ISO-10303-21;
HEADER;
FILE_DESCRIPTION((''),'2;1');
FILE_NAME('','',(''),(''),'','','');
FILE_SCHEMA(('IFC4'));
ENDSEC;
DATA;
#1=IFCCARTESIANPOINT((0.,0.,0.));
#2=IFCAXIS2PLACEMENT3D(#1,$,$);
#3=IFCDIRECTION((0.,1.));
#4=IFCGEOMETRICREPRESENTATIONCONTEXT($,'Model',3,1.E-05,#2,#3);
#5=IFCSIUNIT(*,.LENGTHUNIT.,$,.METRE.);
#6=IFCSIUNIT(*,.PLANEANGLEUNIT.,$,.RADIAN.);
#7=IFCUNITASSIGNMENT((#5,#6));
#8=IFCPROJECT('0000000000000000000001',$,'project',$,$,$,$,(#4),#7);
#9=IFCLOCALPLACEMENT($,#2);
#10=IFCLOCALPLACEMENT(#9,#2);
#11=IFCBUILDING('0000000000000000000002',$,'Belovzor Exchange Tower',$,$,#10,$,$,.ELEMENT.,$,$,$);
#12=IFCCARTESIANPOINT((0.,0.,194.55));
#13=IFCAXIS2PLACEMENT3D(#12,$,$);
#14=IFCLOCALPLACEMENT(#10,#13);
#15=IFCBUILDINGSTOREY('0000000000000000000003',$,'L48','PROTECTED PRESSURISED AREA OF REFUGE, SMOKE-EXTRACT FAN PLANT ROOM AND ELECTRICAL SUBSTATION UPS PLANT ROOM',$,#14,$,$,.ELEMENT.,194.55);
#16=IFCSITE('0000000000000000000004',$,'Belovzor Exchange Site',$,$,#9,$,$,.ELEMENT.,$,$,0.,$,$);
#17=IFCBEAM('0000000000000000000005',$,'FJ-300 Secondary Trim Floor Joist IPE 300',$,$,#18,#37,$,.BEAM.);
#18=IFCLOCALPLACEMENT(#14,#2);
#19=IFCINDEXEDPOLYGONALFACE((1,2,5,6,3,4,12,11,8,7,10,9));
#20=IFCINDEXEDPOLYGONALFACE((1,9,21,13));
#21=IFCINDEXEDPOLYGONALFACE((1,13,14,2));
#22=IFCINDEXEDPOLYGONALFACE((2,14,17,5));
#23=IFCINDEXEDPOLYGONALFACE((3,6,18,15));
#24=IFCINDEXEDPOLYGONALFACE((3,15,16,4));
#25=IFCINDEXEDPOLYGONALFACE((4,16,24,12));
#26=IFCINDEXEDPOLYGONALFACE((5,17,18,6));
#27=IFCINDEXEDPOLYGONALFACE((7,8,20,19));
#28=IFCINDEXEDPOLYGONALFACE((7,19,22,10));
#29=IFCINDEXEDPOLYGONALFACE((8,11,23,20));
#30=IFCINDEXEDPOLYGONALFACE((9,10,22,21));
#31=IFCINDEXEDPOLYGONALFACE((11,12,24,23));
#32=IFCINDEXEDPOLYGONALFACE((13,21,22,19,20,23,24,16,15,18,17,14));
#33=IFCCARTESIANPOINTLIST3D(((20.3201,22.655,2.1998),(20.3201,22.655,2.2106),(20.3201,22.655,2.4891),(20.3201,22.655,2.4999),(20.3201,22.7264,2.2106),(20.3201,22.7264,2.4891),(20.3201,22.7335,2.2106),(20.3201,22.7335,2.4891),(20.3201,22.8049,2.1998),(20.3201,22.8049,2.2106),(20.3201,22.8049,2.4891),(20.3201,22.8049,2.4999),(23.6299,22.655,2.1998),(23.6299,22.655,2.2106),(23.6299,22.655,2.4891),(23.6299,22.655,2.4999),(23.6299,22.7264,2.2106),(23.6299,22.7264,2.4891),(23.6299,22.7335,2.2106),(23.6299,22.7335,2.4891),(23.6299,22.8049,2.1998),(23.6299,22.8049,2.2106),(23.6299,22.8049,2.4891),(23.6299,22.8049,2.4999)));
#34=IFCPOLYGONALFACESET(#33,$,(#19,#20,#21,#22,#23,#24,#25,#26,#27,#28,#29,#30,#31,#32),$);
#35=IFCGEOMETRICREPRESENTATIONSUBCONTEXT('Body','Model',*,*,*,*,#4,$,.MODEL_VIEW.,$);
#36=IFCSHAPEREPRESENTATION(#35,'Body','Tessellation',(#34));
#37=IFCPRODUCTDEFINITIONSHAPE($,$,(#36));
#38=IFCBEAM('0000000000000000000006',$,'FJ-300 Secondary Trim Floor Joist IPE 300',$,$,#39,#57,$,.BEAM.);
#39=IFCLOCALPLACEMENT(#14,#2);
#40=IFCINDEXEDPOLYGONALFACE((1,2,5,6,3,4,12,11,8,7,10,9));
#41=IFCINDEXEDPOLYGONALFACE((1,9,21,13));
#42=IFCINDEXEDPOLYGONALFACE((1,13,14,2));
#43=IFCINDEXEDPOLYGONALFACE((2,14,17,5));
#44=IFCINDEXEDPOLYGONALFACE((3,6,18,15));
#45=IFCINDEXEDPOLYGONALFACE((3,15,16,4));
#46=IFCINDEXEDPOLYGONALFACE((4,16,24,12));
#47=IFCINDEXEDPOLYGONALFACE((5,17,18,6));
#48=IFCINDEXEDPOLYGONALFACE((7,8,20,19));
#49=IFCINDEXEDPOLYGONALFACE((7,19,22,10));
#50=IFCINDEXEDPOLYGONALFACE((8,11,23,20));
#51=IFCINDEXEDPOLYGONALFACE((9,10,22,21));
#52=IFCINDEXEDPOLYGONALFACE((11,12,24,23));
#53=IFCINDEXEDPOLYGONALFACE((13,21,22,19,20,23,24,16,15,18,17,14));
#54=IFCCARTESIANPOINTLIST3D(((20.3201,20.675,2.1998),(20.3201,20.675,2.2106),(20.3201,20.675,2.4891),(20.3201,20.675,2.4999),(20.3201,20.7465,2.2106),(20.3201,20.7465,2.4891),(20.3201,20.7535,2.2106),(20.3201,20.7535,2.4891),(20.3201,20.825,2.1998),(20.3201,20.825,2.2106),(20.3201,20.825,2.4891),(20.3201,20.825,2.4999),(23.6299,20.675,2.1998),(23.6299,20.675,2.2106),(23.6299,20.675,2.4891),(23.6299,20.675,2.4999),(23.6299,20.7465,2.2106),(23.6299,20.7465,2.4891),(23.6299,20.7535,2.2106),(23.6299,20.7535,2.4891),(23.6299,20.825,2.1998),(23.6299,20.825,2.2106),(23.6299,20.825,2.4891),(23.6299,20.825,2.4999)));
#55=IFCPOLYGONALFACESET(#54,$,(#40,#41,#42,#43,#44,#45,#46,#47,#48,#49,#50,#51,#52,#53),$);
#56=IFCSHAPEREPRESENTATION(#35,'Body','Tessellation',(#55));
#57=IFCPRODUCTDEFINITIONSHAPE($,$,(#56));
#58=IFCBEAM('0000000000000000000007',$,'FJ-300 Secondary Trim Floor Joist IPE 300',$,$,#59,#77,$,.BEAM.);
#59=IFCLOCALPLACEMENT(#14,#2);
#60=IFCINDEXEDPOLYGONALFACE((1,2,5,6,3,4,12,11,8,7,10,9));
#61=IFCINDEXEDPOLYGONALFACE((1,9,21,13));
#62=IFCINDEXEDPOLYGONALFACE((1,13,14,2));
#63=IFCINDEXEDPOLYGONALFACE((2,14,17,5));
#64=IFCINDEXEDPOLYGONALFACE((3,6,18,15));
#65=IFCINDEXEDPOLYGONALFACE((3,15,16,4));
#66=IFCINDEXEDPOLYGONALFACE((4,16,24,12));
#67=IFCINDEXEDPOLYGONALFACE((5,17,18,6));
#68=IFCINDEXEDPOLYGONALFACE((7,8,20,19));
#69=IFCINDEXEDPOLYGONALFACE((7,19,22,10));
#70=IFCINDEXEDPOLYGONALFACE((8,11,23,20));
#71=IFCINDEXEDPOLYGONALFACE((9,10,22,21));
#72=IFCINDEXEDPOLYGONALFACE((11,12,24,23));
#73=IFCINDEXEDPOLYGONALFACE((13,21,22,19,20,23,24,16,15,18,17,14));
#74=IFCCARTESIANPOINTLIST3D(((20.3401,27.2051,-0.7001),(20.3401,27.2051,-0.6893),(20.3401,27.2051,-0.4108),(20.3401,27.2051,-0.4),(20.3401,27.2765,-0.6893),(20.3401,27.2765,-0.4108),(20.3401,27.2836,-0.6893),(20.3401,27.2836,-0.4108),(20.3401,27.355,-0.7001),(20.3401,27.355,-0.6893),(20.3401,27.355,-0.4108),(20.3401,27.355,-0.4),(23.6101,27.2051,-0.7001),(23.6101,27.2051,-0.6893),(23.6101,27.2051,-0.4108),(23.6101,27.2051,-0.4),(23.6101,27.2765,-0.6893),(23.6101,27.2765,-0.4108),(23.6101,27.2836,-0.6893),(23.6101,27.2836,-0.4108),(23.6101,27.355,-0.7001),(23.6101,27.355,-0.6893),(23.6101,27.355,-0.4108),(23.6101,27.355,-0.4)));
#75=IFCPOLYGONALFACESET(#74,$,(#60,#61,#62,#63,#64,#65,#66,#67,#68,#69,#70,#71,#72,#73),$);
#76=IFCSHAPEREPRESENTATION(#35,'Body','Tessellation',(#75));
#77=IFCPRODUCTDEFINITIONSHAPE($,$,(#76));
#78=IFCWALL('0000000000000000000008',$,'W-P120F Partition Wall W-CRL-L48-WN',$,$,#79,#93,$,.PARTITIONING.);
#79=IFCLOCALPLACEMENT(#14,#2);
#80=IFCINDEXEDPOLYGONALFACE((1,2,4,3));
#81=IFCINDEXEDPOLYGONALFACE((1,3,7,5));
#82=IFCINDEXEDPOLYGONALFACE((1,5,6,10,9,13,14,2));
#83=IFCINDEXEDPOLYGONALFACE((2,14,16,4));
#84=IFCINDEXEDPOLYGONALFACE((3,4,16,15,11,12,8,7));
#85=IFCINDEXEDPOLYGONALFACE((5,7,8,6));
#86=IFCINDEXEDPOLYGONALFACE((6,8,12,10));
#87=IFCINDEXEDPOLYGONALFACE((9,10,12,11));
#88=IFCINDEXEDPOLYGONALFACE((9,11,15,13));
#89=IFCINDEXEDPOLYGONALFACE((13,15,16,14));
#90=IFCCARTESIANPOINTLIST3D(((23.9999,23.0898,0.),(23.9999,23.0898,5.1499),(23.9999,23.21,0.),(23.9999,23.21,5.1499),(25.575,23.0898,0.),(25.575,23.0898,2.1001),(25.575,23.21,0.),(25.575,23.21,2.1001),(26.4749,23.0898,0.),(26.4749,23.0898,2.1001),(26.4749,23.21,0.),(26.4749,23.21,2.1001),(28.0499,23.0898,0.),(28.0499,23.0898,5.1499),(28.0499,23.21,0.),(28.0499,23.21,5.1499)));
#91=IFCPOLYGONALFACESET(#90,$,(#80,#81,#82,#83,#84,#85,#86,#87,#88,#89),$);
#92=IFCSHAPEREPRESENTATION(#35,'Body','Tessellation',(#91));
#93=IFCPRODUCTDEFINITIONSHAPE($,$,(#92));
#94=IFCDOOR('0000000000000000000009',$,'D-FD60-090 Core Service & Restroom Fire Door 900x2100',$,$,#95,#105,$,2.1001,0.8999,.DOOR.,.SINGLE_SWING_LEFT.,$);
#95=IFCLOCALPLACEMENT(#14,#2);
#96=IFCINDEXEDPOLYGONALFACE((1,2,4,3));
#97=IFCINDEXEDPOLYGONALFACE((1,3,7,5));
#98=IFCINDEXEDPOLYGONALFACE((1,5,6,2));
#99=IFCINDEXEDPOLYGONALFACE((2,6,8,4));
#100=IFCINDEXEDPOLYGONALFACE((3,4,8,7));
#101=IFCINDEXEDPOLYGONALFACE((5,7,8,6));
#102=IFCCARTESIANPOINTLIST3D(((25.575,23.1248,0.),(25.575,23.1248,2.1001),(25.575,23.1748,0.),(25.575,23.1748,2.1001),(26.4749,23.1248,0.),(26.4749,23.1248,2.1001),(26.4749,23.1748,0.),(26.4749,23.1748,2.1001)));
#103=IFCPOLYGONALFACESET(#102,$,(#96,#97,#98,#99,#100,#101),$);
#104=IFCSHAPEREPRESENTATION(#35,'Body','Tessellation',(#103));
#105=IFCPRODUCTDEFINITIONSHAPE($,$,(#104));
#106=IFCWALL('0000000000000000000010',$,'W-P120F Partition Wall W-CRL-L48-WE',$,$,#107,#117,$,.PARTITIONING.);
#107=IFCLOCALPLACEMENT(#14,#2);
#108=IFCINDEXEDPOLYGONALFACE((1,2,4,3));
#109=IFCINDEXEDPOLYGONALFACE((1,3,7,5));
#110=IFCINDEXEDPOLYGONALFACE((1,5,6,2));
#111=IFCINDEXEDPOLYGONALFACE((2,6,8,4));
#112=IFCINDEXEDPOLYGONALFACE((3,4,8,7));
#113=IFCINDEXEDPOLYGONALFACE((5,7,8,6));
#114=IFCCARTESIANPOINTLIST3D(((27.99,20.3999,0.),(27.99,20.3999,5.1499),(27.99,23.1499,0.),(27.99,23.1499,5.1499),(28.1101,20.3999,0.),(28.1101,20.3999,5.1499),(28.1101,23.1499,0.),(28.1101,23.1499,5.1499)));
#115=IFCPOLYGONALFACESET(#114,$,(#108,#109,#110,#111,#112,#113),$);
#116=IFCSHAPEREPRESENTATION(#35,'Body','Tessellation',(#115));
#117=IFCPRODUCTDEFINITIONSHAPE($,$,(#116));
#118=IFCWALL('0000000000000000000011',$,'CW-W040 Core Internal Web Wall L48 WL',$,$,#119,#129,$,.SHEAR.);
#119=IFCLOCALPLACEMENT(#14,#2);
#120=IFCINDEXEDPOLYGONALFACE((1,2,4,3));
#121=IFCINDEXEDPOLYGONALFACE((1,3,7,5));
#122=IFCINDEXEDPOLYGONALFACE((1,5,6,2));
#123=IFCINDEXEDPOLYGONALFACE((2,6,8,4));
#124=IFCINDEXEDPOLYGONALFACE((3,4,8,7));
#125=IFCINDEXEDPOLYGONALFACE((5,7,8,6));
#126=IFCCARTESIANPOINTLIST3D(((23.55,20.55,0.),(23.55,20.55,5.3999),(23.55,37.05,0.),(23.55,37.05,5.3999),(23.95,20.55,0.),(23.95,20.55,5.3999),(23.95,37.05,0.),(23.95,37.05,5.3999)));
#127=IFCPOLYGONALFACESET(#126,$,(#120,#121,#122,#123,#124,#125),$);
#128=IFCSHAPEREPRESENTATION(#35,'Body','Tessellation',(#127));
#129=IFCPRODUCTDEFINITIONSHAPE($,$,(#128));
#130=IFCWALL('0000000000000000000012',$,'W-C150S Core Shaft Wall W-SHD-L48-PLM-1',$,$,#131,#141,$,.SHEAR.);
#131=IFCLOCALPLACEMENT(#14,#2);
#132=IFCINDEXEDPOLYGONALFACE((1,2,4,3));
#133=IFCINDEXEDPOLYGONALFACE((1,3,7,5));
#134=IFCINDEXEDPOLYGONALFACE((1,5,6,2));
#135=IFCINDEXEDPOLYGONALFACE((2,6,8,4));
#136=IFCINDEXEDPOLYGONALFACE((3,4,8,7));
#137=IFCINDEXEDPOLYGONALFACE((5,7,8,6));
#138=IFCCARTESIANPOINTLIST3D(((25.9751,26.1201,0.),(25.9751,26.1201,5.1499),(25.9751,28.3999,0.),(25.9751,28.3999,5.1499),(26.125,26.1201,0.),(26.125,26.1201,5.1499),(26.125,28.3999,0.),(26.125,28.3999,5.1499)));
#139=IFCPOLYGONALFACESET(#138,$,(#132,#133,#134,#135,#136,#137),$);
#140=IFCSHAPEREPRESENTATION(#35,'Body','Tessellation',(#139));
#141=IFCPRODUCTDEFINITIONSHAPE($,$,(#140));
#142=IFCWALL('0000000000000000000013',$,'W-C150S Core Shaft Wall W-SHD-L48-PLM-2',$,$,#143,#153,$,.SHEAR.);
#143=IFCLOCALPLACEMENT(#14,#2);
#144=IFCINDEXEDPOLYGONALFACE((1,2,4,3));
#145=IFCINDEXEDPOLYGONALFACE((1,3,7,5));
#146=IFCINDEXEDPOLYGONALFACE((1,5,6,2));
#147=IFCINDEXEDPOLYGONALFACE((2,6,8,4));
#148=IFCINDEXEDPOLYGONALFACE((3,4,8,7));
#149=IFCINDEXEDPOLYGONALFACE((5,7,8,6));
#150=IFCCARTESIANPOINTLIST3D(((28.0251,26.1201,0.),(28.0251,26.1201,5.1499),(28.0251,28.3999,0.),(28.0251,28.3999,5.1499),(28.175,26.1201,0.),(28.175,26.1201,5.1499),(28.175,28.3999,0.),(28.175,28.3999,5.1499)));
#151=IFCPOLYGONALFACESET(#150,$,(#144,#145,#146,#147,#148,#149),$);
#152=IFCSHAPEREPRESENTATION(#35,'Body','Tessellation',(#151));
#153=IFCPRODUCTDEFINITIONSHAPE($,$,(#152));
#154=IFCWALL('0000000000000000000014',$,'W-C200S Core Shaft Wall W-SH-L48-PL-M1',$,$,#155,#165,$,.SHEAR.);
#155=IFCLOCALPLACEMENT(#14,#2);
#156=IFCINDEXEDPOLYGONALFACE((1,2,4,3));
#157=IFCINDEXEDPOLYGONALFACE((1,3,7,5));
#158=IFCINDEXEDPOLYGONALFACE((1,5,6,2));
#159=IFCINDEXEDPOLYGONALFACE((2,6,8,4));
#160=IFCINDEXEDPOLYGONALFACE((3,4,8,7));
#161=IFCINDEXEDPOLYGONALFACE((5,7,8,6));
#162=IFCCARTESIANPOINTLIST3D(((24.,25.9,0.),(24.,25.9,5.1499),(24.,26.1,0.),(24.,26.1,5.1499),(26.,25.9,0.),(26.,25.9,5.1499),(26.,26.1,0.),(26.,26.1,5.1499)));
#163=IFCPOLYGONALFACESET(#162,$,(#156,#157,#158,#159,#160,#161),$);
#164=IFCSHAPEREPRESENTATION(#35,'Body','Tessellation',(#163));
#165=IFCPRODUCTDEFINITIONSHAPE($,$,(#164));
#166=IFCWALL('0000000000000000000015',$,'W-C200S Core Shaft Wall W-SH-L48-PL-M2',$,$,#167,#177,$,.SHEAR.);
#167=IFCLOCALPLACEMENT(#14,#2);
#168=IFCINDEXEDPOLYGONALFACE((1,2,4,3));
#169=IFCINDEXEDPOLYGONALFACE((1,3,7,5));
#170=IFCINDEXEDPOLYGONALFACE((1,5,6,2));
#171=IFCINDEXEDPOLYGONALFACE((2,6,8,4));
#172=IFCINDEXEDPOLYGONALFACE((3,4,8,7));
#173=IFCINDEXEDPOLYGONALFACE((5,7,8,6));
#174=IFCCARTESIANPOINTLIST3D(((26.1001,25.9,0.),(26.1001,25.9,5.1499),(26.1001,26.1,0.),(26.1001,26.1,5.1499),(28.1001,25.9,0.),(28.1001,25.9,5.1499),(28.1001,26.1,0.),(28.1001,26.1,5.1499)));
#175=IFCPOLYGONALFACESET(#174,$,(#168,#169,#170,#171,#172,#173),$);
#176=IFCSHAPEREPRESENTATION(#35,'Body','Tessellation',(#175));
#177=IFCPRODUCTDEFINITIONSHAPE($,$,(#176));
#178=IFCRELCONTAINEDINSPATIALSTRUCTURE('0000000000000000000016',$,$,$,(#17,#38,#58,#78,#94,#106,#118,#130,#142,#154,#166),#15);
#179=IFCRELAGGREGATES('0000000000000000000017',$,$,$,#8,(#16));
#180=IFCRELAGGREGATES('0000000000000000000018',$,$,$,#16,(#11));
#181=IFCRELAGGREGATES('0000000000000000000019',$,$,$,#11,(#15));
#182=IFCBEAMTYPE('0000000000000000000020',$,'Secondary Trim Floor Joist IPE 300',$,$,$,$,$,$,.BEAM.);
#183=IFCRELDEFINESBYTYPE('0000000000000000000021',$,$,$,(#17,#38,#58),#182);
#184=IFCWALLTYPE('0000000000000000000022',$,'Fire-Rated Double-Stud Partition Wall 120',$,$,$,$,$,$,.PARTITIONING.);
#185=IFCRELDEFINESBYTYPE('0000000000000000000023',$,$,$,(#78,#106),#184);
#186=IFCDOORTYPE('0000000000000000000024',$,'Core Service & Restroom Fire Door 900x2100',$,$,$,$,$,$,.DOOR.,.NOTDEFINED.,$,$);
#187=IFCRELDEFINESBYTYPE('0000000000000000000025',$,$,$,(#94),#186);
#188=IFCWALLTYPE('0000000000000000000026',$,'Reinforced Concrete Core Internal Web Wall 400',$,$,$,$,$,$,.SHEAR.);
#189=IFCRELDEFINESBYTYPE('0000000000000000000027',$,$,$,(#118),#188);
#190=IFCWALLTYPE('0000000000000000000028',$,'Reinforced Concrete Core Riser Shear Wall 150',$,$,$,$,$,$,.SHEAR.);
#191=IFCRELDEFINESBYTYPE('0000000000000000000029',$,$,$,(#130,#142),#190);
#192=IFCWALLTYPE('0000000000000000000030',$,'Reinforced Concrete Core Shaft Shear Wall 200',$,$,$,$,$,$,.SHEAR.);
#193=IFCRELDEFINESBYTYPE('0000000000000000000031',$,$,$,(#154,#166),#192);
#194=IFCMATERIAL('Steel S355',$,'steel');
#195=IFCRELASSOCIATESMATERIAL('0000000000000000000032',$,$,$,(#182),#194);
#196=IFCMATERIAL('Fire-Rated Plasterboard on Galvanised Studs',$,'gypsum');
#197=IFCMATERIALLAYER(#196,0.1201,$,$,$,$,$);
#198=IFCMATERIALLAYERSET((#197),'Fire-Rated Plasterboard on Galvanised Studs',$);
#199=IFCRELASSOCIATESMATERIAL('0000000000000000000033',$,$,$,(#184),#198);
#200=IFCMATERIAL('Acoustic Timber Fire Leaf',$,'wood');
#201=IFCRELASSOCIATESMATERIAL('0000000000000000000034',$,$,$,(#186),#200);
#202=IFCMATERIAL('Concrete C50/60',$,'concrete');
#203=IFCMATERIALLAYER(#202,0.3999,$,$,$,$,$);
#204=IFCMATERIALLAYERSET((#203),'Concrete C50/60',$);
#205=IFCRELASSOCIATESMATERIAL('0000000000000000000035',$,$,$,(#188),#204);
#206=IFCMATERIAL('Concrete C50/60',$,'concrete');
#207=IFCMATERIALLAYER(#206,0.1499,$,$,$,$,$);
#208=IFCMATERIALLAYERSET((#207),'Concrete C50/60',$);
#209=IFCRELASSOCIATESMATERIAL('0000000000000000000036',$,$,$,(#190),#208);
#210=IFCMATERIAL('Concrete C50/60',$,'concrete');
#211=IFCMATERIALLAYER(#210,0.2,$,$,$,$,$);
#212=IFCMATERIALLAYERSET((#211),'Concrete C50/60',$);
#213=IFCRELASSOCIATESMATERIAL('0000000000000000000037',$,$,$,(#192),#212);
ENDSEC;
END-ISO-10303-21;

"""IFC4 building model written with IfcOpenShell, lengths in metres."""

from ifc_helpers import new_model, si_unit, direction, frame, frame_2d, origin, origin_2d, place, context, subcontext, project, spatial, rectangle, i_section, extrude, material, layer, layer_set, material_profile, profile_set, type_object, element, fill, save


model = new_model("IFC4")

# Units and contexts
model_context = context("Model", 3, precision=1e-05, world=origin(), true_north=direction((0.0, 1.0)))
body_context = subcontext(model_context, "Body", "Model", "MODEL_VIEW")
ifc_project = project(units=[si_unit("LENGTHUNIT", "METRE"), si_unit("PLANEANGLEUNIT", "RADIAN")], contexts=[model_context])

# Site, building, storey
site_placement = place(None, origin())
site = spatial("IfcSite", under=ifc_project, at=site_placement, Name="Belovzor Exchange Site", CompositionType="ELEMENT", RefElevation=0.0)
building_placement = place(site_placement, origin())
building = spatial("IfcBuilding", under=site, at=building_placement, Name="Belovzor Exchange Tower", CompositionType="ELEMENT")
storey_placement = place(building_placement, frame((0.0, 0.0, 194.55)))
storey = spatial("IfcBuildingStorey", under=building, at=storey_placement, Name="L48", Description="PROTECTED PRESSURISED AREA OF REFUGE, SMOKE-EXTRACT FAN PLANT ROOM AND ELECTRICAL SUBSTATION UPS PLANT ROOM", CompositionType="ELEMENT", Elevation=194.55)

# Beams
ifc_material_1 = material(Name="Steel S355", Category="steel")
ifc_material_profile = material_profile(ifc_material_1, i_section(OverallWidth=0.1499, OverallDepth=0.3, WebThickness=0.0071, FlangeThickness=0.0107, at=origin_2d()))
ifc_profile_set = profile_set([ifc_material_profile], Name="Steel S355")
beam_type = type_object("IfcBeamType", Name="Secondary Trim Floor Joist IPE 300", PredefinedType="BEAM", material=ifc_profile_set)
for number, where, z_axis, x_axis, name in (
    (1, (20.3201, 22.73, 2.3499), (1.0, 0.0, 0.0), (0.0, 1.0, 0.0), "FJ-300 Secondary Trim Floor Joist IPE 300"),
    (2, (20.3201, 20.75, 2.3499), (1.0, 0.0, 0.0), (0.0, 1.0, 0.0), "FJ-300 Secondary Trim Floor Joist IPE 300"),
):
    element("IfcBeam", number, at=place(storey_placement, frame(where, z_axis=z_axis, x_axis=x_axis)), inside=storey, type_object=beam_type, Name=name, PredefinedType="BEAM", context=body_context, shape_type="SweptSolid", body=[
        extrude(i_section(OverallWidth=0.1499, OverallDepth=0.3, WebThickness=0.0071, FlangeThickness=0.0107, at=origin_2d()), origin(), (0.0, 0.0, 1.0), 3.3098),
    ])
beam_placement = place(storey_placement, frame((20.3401, 27.28, -0.55), z_axis=(1.0, 0.0, 0.0), x_axis=(0.0, 1.0, 0.0)))
element("IfcBeam", 3, at=beam_placement, inside=storey, type_object=beam_type, Name="FJ-300 Secondary Trim Floor Joist IPE 300", PredefinedType="BEAM", context=body_context, shape_type="SweptSolid", body=[
    extrude(i_section(OverallWidth=0.1499, OverallDepth=0.3, WebThickness=0.0071, FlangeThickness=0.0107, at=origin_2d()), origin(), (0.0, 0.0, 1.0), 3.27),
])

# Wall, opening, door
ifc_material_2 = material(Name="Fire-Rated Plasterboard on Galvanised Studs", Category="gypsum")
ifc_layer_1 = layer(ifc_material_2, 0.1201)
ifc_layer_set_1 = layer_set([ifc_layer_1], Name="Fire-Rated Plasterboard on Galvanised Studs")
wall_type_1 = type_object("IfcWallType", Name="Fire-Rated Double-Stud Partition Wall 120", PredefinedType="PARTITIONING", material=ifc_layer_set_1)
wall_1_placement = place(storey_placement, frame((24.0, 23.1499, 0.0), z_axis=(0.0, 0.0, 1.0), x_axis=(1.0, 0.0, 0.0)))
wall_1 = element("IfcWall", 4, at=wall_1_placement, inside=storey, type_object=wall_type_1, Name="W-P120F Partition Wall W-CRL-L48-WN", PredefinedType="PARTITIONING", context=body_context, shape_type="SweptSolid", body=[
    extrude(rectangle(XDim=4.05, YDim=0.1201, at=frame_2d((2.0249, 0.0))), origin(), (0.0, 0.0, 1.0), 5.1499),
])
opening_1_placement = place(wall_1_placement, frame((1.575, 0.0, 0.0)))
opening_1 = element("IfcOpeningElement", 5, at=opening_1_placement, cuts=wall_1, PredefinedType="OPENING", context=body_context, shape_type="SweptSolid", body=[
    extrude(rectangle(XDim=0.8999, YDim=2.1001, at=frame_2d((0.45, 1.05))), frame((0.0, 0.0701, 0.0), z_axis=(0.0, -1.0, 0.0), x_axis=(1.0, 0.0, 0.0)), (0.0, 0.0, 1.0), 0.1401),
])
ifc_material_3 = material(Name="Acoustic Timber Fire Leaf", Category="wood")
door_type_1 = type_object("IfcDoorType", Name="Core Service & Restroom Fire Door 900x2100", OperationType="NOTDEFINED", PredefinedType="DOOR", material=ifc_material_3)
door_1_placement = place(opening_1_placement, origin())
door_1 = element("IfcDoor", 6, at=door_1_placement, inside=storey, type_object=door_type_1, Name="D-FD60-090 Core Service & Restroom Fire Door 900x2100", OperationType="SINGLE_SWING_LEFT", OverallHeight=2.1001, OverallWidth=0.8999, PredefinedType="DOOR", context=body_context, shape_type="SweptSolid", body=[
    extrude(rectangle(XDim=0.8999, YDim=2.1001, at=frame_2d((0.45, 1.05))), frame((0.0, 0.0249, 0.0), z_axis=(0.0, -1.0, 0.0), x_axis=(1.0, 0.0, 0.0)), (0.0, 0.0, 1.0), 0.05),
])
fill(opening_1, door_1)

# Walls
wall_2_placement = place(storey_placement, frame((28.05, 20.3999, 0.0), z_axis=(0.0, 0.0, 1.0), x_axis=(0.0, 1.0, 0.0)))
element("IfcWall", 7, at=wall_2_placement, inside=storey, type_object=wall_type_1, Name="W-P120F Partition Wall W-CRL-L48-WE", PredefinedType="PARTITIONING", context=body_context, shape_type="SweptSolid", body=[
    extrude(rectangle(XDim=2.75, YDim=0.1201, at=frame_2d((1.375, 0.0))), origin(), (0.0, 0.0, 1.0), 5.1499),
])
ifc_material_4 = material(Name="Concrete C50/60", Category="concrete")
ifc_layer_2 = layer(ifc_material_4, 0.3999)
ifc_layer_set_2 = layer_set([ifc_layer_2], Name="Concrete C50/60")
wall_type_2 = type_object("IfcWallType", Name="Reinforced Concrete Core Internal Web Wall 400", PredefinedType="SHEAR", material=ifc_layer_set_2)
wall_3_placement = place(storey_placement, frame((23.75, 20.55, 0.0), z_axis=(0.0, 0.0, 1.0), x_axis=(0.0, 1.0, 0.0)))
element("IfcWall", 8, at=wall_3_placement, inside=storey, type_object=wall_type_2, Name="CW-W040 Core Internal Web Wall L48 WL", PredefinedType="SHEAR", context=body_context, shape_type="SweptSolid", body=[
    extrude(rectangle(XDim=16.5, YDim=0.3999, at=frame_2d((8.25, 0.0))), origin(), (0.0, 0.0, 1.0), 5.3999),
])
ifc_material_5 = material(Name="Concrete C50/60", Category="concrete")
ifc_layer_3 = layer(ifc_material_5, 0.1499)
ifc_layer_set_3 = layer_set([ifc_layer_3], Name="Concrete C50/60")
wall_type_3 = type_object("IfcWallType", Name="Reinforced Concrete Core Riser Shear Wall 150", PredefinedType="SHEAR", material=ifc_layer_set_3)
for number, where, z_axis, x_axis, name in (
    (9, (26.05, 26.1201, 0.0), (0.0, 0.0, 1.0), (0.0, 1.0, 0.0), "W-C150S Core Shaft Wall W-SHD-L48-PLM-1"),
    (10, (28.1001, 26.1201, 0.0), (0.0, 0.0, 1.0), (0.0, 1.0, 0.0), "W-C150S Core Shaft Wall W-SHD-L48-PLM-2"),
):
    element("IfcWall", number, at=place(storey_placement, frame(where, z_axis=z_axis, x_axis=x_axis)), inside=storey, type_object=wall_type_3, Name=name, PredefinedType="SHEAR", context=body_context, shape_type="SweptSolid", body=[
        extrude(rectangle(XDim=2.2798, YDim=0.1499, at=frame_2d((1.1399, 0.0))), origin(), (0.0, 0.0, 1.0), 5.1499),
    ])
ifc_material_6 = material(Name="Concrete C50/60", Category="concrete")
ifc_layer_4 = layer(ifc_material_6, 0.2)
ifc_layer_set_4 = layer_set([ifc_layer_4], Name="Concrete C50/60")
wall_type_4 = type_object("IfcWallType", Name="Reinforced Concrete Core Shaft Shear Wall 200", PredefinedType="SHEAR", material=ifc_layer_set_4)
for number, where, z_axis, x_axis, name in (
    (11, (24.0, 26.0, 0.0), (0.0, 0.0, 1.0), (1.0, 0.0, 0.0), "W-C200S Core Shaft Wall W-SH-L48-PL-M1"),
    (12, (26.1001, 26.0, 0.0), (0.0, 0.0, 1.0), (1.0, 0.0, 0.0), "W-C200S Core Shaft Wall W-SH-L48-PL-M2"),
):
    element("IfcWall", number, at=place(storey_placement, frame(where, z_axis=z_axis, x_axis=x_axis)), inside=storey, type_object=wall_type_4, Name=name, PredefinedType="SHEAR", context=body_context, shape_type="SweptSolid", body=[
        extrude(rectangle(XDim=2.0, YDim=0.2, at=frame_2d((1.0, 0.0))), origin(), (0.0, 0.0, 1.0), 5.1499),
    ])

save(model, "model.ifc")
